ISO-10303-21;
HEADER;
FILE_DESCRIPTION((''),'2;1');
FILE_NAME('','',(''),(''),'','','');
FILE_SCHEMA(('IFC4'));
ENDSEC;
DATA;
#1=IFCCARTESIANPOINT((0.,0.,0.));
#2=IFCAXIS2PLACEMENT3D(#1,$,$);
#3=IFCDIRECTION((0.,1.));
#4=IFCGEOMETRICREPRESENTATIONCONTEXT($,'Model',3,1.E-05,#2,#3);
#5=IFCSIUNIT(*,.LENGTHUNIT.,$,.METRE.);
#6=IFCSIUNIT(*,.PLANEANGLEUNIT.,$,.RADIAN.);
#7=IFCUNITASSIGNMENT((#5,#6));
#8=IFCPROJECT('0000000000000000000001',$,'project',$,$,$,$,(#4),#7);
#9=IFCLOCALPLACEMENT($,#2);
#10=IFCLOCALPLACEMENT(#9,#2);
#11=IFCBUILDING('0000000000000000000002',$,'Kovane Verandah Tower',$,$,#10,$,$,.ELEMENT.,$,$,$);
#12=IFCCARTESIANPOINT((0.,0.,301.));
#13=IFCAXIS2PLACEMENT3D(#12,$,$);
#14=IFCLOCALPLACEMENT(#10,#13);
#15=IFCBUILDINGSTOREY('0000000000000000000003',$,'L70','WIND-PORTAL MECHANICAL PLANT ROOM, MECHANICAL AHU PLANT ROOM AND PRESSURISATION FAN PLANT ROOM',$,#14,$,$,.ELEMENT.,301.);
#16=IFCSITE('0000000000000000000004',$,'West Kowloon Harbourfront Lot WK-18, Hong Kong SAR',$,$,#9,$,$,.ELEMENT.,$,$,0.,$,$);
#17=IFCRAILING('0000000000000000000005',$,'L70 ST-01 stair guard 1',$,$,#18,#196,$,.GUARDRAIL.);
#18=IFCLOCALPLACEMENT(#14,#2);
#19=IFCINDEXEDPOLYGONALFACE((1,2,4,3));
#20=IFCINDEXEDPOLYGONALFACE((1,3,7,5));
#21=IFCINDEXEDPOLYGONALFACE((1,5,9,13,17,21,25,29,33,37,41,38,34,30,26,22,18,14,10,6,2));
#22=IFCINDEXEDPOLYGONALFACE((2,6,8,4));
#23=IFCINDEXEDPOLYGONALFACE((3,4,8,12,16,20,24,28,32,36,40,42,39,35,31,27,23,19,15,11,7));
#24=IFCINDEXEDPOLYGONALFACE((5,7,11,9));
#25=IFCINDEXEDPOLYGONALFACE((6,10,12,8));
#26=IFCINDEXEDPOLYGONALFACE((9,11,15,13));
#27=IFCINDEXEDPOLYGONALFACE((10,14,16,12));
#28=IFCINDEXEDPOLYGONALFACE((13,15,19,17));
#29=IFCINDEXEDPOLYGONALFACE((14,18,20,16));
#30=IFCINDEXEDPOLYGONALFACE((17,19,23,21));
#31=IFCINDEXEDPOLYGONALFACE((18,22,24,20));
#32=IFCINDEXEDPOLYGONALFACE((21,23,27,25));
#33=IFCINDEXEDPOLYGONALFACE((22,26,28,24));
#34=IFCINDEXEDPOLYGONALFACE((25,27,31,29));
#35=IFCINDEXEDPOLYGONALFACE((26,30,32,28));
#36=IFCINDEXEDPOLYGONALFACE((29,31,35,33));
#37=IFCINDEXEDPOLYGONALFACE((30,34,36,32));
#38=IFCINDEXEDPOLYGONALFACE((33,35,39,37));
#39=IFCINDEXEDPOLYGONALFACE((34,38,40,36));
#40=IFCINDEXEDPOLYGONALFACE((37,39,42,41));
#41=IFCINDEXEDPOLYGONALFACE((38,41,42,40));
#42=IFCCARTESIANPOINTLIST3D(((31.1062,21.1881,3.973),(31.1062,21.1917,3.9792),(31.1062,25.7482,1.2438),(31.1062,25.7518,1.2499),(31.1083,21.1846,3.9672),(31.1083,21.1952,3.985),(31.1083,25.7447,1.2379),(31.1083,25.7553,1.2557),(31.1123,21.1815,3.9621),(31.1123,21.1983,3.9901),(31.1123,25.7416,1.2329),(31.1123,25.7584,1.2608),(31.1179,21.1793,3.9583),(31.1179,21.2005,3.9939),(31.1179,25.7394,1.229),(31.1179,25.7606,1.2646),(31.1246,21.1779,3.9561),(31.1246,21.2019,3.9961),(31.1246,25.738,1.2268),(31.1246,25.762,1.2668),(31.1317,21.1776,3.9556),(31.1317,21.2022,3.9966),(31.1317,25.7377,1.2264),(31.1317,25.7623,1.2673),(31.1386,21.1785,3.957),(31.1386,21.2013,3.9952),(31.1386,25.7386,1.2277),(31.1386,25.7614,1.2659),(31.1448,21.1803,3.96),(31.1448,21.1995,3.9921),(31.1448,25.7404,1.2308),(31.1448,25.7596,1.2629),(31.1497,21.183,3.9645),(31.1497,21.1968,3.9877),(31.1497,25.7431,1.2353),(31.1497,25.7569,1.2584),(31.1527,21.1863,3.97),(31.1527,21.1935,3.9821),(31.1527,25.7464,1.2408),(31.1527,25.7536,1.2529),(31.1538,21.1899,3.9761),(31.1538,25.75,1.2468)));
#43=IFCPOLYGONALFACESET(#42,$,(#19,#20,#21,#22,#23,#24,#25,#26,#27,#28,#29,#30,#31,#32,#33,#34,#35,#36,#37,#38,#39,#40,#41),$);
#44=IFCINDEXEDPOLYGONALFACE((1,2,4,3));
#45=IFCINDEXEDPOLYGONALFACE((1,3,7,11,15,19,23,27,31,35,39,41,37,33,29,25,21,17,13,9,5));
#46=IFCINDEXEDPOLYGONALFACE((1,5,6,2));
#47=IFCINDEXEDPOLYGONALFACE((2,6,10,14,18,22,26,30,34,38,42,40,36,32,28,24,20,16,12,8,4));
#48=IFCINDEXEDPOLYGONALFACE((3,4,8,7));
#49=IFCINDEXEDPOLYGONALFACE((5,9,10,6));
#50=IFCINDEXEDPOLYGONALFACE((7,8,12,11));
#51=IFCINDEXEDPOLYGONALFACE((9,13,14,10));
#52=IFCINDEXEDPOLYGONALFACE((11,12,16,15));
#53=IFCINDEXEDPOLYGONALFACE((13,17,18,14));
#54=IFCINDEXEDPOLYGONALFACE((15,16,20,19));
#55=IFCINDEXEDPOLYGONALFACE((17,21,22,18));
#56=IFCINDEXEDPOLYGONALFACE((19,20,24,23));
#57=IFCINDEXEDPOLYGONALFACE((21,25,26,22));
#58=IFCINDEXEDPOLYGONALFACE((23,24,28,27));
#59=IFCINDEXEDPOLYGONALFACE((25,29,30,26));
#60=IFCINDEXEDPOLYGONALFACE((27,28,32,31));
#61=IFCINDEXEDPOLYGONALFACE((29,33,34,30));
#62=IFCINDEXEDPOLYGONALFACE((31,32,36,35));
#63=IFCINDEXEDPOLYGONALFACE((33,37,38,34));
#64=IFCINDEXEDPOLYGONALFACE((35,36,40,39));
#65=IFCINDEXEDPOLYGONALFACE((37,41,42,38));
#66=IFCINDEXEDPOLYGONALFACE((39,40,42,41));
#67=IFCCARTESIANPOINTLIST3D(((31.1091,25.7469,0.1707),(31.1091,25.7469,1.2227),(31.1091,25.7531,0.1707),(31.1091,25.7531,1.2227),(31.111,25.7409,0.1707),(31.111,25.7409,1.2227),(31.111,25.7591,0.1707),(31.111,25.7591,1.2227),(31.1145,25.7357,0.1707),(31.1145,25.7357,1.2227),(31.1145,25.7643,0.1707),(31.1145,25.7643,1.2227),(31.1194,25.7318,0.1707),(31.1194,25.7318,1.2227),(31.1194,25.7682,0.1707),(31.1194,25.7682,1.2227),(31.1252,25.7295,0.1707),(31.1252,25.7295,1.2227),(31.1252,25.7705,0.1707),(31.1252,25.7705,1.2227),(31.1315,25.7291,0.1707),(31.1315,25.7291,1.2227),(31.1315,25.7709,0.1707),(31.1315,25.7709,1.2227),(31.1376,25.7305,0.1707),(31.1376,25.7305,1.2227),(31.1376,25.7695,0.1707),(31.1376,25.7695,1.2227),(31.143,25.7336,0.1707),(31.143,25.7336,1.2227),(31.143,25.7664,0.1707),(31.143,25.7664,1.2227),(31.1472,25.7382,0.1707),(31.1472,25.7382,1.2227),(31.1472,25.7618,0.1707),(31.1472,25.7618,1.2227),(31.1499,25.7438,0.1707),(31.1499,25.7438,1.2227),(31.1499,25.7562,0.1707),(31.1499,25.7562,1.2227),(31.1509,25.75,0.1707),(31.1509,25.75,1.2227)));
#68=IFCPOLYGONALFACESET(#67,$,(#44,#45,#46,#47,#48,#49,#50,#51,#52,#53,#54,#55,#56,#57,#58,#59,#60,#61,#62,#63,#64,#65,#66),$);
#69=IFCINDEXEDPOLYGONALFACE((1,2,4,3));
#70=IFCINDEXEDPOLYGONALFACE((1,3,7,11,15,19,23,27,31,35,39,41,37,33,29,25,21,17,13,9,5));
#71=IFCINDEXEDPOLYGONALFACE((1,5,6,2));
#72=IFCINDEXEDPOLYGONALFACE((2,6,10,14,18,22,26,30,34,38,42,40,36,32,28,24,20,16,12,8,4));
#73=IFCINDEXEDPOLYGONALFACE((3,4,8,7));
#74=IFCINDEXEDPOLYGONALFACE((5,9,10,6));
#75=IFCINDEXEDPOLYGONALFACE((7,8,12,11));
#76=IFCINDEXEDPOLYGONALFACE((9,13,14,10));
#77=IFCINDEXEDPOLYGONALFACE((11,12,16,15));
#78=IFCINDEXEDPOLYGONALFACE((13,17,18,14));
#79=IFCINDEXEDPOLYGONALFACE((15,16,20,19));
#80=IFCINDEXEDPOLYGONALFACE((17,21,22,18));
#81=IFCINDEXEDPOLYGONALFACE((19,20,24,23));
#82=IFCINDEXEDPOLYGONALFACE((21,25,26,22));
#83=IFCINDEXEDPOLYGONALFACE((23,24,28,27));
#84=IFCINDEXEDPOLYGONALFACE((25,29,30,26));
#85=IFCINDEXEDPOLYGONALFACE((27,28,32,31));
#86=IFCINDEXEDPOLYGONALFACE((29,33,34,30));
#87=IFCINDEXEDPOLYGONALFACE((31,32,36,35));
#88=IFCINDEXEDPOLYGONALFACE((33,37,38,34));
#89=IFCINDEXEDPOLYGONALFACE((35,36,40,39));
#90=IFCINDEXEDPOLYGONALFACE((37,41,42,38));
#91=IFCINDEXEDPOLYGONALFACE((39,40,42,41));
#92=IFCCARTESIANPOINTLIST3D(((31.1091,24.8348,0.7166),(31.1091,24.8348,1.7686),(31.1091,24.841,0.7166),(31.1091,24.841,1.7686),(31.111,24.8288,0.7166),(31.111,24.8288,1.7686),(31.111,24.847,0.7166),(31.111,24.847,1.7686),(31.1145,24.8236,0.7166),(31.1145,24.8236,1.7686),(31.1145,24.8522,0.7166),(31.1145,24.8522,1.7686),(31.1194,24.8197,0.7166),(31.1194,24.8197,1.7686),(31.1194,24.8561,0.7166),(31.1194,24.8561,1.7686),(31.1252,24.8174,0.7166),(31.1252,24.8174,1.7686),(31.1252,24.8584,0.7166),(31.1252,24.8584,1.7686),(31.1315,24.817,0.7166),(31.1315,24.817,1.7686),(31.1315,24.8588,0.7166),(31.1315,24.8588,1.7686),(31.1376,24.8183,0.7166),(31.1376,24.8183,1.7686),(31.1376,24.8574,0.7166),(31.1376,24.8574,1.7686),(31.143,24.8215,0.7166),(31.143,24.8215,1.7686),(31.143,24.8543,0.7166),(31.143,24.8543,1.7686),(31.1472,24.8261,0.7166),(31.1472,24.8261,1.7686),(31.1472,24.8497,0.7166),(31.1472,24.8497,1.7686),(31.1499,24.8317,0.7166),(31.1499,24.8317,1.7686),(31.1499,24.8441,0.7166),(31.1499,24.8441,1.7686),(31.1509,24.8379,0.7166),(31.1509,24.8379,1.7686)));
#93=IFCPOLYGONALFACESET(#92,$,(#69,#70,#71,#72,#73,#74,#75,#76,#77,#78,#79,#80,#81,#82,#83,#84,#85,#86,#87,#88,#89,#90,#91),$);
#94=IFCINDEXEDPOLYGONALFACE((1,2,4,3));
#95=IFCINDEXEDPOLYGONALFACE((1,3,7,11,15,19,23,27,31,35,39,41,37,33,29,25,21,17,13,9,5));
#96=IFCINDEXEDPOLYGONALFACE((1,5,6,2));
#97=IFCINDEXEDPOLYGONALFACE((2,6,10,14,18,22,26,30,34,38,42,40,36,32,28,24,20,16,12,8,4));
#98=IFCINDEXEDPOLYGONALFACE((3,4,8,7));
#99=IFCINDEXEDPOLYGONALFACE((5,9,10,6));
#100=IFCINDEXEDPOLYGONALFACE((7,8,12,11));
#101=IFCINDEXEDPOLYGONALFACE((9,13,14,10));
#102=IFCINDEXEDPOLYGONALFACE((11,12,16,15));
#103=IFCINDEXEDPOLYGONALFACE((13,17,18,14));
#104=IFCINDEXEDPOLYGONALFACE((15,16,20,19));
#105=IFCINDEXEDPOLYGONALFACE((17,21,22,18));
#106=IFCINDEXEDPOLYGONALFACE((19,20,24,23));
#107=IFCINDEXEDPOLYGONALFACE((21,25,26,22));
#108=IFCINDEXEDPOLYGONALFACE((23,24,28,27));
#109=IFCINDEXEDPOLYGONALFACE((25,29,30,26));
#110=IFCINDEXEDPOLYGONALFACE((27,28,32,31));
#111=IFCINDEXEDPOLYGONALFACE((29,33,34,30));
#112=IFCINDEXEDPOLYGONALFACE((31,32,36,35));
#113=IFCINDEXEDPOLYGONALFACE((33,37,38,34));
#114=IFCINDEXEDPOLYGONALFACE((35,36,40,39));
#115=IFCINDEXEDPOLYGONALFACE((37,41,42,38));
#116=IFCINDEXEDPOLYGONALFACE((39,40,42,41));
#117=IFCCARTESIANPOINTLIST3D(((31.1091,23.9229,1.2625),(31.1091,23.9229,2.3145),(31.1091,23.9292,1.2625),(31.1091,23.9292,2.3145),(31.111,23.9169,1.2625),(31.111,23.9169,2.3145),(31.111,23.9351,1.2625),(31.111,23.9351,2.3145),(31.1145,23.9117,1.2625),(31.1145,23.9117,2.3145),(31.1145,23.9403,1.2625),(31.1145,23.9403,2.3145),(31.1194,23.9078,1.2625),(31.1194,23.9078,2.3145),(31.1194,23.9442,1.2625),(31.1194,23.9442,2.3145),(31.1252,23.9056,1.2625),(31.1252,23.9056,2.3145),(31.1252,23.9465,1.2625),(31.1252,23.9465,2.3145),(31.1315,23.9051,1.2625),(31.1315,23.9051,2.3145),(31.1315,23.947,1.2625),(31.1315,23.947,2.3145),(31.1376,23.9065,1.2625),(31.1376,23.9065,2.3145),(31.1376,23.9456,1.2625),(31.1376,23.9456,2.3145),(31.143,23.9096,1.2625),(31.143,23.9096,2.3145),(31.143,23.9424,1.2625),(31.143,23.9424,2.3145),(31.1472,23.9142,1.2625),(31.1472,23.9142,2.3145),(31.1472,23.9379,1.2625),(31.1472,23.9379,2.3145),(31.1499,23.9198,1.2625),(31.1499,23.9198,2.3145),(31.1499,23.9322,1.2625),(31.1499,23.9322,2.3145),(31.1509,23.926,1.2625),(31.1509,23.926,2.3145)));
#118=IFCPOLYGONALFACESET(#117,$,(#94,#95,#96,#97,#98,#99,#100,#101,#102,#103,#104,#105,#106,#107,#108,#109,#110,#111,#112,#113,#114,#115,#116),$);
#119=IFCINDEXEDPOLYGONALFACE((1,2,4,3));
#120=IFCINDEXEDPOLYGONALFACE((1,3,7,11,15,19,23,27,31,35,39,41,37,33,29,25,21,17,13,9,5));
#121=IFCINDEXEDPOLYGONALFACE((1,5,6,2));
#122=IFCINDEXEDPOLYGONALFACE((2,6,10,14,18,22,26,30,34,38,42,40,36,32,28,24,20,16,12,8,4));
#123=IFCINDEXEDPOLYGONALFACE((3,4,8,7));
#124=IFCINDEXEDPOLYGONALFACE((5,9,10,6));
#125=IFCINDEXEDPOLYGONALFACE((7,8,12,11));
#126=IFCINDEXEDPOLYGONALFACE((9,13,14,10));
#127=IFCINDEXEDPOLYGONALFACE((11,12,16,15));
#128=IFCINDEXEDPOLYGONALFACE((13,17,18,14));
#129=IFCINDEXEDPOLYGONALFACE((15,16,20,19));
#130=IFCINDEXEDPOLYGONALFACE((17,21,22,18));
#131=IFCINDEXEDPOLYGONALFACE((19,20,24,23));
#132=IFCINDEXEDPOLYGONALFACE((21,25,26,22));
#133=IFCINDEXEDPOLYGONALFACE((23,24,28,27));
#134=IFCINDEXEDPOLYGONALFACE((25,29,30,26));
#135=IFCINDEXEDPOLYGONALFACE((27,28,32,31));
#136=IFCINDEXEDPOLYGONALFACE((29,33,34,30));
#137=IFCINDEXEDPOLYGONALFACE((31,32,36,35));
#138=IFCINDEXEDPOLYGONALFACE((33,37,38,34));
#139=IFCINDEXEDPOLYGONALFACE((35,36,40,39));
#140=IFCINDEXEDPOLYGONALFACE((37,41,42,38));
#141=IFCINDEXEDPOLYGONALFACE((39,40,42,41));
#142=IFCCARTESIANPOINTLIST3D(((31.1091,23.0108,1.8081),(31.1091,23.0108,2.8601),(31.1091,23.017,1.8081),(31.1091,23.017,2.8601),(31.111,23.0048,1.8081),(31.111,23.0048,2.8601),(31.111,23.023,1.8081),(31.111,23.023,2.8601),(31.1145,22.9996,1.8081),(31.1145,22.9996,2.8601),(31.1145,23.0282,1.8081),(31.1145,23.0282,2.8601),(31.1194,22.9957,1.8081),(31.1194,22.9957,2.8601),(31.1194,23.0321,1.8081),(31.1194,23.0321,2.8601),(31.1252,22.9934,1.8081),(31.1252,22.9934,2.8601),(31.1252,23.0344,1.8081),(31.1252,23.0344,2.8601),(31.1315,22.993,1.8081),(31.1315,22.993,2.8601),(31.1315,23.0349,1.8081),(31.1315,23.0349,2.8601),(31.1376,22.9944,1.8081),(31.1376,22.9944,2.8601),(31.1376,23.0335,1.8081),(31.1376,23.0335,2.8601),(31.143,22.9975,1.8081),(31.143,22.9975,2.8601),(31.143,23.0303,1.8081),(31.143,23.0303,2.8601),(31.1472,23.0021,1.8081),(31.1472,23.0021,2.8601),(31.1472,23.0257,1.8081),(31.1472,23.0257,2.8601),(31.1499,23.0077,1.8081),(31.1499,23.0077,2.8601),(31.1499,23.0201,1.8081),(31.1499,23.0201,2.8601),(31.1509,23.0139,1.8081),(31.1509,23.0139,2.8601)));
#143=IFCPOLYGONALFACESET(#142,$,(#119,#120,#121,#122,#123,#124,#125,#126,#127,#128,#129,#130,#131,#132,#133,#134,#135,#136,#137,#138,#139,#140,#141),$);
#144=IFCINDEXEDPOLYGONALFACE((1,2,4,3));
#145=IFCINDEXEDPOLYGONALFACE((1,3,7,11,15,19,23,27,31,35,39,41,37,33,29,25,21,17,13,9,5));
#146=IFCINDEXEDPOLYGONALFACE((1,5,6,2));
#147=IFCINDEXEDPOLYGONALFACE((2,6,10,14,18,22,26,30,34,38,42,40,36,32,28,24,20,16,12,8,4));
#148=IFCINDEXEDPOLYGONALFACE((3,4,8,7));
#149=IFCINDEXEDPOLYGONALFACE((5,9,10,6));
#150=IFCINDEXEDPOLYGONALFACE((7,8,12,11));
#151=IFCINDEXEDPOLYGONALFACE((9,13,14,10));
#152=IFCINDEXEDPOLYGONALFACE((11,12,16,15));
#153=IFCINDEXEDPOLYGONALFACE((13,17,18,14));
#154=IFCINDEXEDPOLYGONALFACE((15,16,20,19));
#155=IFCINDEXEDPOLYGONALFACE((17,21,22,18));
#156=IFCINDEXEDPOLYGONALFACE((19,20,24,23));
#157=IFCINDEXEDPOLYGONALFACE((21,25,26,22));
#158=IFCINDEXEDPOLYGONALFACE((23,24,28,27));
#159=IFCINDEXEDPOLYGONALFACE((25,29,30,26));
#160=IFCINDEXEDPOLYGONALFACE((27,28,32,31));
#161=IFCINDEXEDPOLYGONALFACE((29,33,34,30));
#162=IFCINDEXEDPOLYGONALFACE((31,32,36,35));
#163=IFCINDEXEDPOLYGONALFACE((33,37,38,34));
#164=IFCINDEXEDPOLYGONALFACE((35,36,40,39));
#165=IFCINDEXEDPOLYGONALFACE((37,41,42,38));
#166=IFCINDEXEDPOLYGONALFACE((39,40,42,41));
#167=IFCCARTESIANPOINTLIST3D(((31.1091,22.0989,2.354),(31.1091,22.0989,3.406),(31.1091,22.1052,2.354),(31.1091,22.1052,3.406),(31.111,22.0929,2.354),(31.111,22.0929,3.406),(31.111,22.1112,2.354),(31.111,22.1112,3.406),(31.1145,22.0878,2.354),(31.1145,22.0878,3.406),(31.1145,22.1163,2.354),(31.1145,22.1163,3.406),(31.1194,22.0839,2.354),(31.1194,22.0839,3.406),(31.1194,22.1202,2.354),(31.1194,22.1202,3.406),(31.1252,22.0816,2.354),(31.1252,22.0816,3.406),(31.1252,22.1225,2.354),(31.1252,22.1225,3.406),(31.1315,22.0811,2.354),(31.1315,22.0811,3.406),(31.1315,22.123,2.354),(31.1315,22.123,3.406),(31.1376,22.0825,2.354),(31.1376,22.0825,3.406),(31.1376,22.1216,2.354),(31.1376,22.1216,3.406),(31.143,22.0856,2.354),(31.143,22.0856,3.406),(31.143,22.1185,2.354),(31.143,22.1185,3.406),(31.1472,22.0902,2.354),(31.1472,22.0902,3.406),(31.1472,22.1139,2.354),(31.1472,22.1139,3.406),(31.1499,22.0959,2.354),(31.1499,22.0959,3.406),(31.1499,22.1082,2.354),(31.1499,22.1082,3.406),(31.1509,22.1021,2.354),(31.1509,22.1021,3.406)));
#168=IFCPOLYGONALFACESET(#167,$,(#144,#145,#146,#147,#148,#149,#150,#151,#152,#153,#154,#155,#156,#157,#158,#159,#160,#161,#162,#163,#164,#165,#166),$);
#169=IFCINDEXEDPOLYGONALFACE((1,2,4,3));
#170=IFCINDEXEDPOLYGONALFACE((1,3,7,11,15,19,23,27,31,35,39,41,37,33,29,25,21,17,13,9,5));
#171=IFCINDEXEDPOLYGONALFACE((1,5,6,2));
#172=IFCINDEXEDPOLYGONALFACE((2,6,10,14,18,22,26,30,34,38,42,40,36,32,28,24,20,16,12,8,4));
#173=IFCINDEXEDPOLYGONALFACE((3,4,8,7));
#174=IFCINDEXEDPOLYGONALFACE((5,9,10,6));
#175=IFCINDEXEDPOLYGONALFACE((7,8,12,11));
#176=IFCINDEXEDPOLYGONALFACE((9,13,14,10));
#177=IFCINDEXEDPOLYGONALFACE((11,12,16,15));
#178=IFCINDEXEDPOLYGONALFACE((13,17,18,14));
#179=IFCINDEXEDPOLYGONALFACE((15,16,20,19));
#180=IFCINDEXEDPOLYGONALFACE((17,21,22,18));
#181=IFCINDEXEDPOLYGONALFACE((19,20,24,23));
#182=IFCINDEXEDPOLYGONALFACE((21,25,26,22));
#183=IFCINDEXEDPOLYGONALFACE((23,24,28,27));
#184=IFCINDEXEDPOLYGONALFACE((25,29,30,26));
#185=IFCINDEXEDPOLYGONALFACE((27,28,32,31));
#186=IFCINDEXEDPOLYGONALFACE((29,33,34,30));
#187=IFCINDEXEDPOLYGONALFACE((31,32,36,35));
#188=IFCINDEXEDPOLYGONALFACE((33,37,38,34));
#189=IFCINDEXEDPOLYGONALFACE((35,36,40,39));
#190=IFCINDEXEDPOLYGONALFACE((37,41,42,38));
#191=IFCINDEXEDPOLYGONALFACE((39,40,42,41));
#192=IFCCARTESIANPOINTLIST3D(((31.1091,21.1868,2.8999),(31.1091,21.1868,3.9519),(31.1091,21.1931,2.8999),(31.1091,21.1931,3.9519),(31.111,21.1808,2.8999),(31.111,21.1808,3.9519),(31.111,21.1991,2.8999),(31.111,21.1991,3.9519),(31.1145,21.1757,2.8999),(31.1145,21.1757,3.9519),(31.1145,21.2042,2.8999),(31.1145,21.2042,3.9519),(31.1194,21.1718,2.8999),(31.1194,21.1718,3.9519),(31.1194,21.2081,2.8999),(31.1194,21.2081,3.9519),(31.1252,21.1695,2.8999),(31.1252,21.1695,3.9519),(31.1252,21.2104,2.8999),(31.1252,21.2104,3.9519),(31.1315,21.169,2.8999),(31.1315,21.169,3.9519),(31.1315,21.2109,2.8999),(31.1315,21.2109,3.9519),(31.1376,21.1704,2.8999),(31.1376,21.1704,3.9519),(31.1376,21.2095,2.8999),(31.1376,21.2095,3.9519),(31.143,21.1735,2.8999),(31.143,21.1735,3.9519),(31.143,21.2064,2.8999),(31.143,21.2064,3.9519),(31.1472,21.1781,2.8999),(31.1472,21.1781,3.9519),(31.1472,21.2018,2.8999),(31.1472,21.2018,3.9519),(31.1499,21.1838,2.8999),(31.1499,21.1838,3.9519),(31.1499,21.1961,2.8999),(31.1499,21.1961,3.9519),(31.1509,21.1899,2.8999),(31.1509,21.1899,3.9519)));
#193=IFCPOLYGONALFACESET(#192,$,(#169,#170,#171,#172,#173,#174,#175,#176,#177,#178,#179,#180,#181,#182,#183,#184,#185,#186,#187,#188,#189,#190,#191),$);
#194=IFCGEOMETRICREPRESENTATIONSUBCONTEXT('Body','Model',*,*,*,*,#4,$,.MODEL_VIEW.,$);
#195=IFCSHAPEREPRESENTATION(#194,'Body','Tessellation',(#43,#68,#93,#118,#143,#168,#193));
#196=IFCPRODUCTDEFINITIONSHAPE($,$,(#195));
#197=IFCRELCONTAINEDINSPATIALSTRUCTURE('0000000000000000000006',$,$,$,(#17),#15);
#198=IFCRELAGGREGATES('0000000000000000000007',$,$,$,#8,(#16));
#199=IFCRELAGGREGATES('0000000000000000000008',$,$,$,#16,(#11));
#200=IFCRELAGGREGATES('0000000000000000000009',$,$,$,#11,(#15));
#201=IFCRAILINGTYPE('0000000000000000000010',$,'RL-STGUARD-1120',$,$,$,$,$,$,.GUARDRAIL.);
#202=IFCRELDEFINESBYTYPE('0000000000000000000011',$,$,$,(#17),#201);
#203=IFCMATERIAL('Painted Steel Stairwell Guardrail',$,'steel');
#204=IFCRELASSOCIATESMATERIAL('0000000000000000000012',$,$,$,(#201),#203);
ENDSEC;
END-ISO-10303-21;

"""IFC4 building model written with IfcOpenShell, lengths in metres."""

from ifc_helpers import new_model, si_unit, direction, frame, origin, origin_2d, place, context, subcontext, project, spatial, circle, extrude, material, type_object, element, save


model = new_model("IFC4")

# Units and contexts
model_context = context("Model", 3, precision=1e-05, world=origin(), true_north=direction((0.0, 1.0)))
body_context = subcontext(model_context, "Body", "Model", "MODEL_VIEW")
ifc_project = project(units=[si_unit("LENGTHUNIT", "METRE"), si_unit("PLANEANGLEUNIT", "RADIAN")], contexts=[model_context])

# Site, building, storey
site_placement = place(None, origin())
site = spatial("IfcSite", under=ifc_project, at=site_placement, Name="West Kowloon Harbourfront Lot WK-18, Hong Kong SAR", CompositionType="ELEMENT", RefElevation=0.0)
building_placement = place(site_placement, origin())
building = spatial("IfcBuilding", under=site, at=building_placement, Name="Kovane Verandah Tower", CompositionType="ELEMENT")
storey_placement = place(building_placement, frame((0.0, 0.0, 301.0)))
storey = spatial("IfcBuildingStorey", under=building, at=storey_placement, Name="L70", Description="WIND-PORTAL MECHANICAL PLANT ROOM, MECHANICAL AHU PLANT ROOM AND PRESSURISATION FAN PLANT ROOM", CompositionType="ELEMENT", Elevation=301.0)

# Railing
ifc_material_1 = material(Name="Painted Steel Stairwell Guardrail", Category="steel")
railing_type_1 = type_object("IfcRailingType", Name="RL-STGUARD-1120", PredefinedType="GUARDRAIL", material=ifc_material_1)
railing_1_placement = place(storey_placement, frame((31.1299, 25.75, 0.1707)))
element("IfcRailing", 1, at=railing_1_placement, inside=storey, type_object=railing_type_1, Name="L70 ST-01 stair guard 1", PredefinedType="GUARDRAIL", context=body_context, shape_type="SweptSolid", body=[
    extrude(circle(Radius=0.0239, at=origin_2d()), frame((0.0, 0.0, 1.0762), z_axis=(0.0, -0.858056, 0.513556), x_axis=(1.0, 0.0, 0.0)), (0.0, 0.0, 1.0), 5.3145),
    extrude(circle(Radius=0.021, at=origin_2d()), origin(), (0.0, 0.0, 1.0), 1.052),
    extrude(circle(Radius=0.021, at=origin_2d()), frame((0.0, -0.9121, 0.5459)), (0.0, 0.0, 1.0), 1.052),
    extrude(circle(Radius=0.021, at=origin_2d()), frame((0.0, -1.824, 1.0918)), (0.0, 0.0, 1.0), 1.052),
    extrude(circle(Radius=0.021, at=origin_2d()), frame((0.0, -2.7361, 1.6375)), (0.0, 0.0, 1.0), 1.052),
    extrude(circle(Radius=0.021, at=origin_2d()), frame((0.0, -3.6479, 2.1833)), (0.0, 0.0, 1.0), 1.052),
    extrude(circle(Radius=0.021, at=origin_2d()), frame((0.0, -4.5601, 2.7292)), (0.0, 0.0, 1.0), 1.052),
])

save(model, "model.ifc")
